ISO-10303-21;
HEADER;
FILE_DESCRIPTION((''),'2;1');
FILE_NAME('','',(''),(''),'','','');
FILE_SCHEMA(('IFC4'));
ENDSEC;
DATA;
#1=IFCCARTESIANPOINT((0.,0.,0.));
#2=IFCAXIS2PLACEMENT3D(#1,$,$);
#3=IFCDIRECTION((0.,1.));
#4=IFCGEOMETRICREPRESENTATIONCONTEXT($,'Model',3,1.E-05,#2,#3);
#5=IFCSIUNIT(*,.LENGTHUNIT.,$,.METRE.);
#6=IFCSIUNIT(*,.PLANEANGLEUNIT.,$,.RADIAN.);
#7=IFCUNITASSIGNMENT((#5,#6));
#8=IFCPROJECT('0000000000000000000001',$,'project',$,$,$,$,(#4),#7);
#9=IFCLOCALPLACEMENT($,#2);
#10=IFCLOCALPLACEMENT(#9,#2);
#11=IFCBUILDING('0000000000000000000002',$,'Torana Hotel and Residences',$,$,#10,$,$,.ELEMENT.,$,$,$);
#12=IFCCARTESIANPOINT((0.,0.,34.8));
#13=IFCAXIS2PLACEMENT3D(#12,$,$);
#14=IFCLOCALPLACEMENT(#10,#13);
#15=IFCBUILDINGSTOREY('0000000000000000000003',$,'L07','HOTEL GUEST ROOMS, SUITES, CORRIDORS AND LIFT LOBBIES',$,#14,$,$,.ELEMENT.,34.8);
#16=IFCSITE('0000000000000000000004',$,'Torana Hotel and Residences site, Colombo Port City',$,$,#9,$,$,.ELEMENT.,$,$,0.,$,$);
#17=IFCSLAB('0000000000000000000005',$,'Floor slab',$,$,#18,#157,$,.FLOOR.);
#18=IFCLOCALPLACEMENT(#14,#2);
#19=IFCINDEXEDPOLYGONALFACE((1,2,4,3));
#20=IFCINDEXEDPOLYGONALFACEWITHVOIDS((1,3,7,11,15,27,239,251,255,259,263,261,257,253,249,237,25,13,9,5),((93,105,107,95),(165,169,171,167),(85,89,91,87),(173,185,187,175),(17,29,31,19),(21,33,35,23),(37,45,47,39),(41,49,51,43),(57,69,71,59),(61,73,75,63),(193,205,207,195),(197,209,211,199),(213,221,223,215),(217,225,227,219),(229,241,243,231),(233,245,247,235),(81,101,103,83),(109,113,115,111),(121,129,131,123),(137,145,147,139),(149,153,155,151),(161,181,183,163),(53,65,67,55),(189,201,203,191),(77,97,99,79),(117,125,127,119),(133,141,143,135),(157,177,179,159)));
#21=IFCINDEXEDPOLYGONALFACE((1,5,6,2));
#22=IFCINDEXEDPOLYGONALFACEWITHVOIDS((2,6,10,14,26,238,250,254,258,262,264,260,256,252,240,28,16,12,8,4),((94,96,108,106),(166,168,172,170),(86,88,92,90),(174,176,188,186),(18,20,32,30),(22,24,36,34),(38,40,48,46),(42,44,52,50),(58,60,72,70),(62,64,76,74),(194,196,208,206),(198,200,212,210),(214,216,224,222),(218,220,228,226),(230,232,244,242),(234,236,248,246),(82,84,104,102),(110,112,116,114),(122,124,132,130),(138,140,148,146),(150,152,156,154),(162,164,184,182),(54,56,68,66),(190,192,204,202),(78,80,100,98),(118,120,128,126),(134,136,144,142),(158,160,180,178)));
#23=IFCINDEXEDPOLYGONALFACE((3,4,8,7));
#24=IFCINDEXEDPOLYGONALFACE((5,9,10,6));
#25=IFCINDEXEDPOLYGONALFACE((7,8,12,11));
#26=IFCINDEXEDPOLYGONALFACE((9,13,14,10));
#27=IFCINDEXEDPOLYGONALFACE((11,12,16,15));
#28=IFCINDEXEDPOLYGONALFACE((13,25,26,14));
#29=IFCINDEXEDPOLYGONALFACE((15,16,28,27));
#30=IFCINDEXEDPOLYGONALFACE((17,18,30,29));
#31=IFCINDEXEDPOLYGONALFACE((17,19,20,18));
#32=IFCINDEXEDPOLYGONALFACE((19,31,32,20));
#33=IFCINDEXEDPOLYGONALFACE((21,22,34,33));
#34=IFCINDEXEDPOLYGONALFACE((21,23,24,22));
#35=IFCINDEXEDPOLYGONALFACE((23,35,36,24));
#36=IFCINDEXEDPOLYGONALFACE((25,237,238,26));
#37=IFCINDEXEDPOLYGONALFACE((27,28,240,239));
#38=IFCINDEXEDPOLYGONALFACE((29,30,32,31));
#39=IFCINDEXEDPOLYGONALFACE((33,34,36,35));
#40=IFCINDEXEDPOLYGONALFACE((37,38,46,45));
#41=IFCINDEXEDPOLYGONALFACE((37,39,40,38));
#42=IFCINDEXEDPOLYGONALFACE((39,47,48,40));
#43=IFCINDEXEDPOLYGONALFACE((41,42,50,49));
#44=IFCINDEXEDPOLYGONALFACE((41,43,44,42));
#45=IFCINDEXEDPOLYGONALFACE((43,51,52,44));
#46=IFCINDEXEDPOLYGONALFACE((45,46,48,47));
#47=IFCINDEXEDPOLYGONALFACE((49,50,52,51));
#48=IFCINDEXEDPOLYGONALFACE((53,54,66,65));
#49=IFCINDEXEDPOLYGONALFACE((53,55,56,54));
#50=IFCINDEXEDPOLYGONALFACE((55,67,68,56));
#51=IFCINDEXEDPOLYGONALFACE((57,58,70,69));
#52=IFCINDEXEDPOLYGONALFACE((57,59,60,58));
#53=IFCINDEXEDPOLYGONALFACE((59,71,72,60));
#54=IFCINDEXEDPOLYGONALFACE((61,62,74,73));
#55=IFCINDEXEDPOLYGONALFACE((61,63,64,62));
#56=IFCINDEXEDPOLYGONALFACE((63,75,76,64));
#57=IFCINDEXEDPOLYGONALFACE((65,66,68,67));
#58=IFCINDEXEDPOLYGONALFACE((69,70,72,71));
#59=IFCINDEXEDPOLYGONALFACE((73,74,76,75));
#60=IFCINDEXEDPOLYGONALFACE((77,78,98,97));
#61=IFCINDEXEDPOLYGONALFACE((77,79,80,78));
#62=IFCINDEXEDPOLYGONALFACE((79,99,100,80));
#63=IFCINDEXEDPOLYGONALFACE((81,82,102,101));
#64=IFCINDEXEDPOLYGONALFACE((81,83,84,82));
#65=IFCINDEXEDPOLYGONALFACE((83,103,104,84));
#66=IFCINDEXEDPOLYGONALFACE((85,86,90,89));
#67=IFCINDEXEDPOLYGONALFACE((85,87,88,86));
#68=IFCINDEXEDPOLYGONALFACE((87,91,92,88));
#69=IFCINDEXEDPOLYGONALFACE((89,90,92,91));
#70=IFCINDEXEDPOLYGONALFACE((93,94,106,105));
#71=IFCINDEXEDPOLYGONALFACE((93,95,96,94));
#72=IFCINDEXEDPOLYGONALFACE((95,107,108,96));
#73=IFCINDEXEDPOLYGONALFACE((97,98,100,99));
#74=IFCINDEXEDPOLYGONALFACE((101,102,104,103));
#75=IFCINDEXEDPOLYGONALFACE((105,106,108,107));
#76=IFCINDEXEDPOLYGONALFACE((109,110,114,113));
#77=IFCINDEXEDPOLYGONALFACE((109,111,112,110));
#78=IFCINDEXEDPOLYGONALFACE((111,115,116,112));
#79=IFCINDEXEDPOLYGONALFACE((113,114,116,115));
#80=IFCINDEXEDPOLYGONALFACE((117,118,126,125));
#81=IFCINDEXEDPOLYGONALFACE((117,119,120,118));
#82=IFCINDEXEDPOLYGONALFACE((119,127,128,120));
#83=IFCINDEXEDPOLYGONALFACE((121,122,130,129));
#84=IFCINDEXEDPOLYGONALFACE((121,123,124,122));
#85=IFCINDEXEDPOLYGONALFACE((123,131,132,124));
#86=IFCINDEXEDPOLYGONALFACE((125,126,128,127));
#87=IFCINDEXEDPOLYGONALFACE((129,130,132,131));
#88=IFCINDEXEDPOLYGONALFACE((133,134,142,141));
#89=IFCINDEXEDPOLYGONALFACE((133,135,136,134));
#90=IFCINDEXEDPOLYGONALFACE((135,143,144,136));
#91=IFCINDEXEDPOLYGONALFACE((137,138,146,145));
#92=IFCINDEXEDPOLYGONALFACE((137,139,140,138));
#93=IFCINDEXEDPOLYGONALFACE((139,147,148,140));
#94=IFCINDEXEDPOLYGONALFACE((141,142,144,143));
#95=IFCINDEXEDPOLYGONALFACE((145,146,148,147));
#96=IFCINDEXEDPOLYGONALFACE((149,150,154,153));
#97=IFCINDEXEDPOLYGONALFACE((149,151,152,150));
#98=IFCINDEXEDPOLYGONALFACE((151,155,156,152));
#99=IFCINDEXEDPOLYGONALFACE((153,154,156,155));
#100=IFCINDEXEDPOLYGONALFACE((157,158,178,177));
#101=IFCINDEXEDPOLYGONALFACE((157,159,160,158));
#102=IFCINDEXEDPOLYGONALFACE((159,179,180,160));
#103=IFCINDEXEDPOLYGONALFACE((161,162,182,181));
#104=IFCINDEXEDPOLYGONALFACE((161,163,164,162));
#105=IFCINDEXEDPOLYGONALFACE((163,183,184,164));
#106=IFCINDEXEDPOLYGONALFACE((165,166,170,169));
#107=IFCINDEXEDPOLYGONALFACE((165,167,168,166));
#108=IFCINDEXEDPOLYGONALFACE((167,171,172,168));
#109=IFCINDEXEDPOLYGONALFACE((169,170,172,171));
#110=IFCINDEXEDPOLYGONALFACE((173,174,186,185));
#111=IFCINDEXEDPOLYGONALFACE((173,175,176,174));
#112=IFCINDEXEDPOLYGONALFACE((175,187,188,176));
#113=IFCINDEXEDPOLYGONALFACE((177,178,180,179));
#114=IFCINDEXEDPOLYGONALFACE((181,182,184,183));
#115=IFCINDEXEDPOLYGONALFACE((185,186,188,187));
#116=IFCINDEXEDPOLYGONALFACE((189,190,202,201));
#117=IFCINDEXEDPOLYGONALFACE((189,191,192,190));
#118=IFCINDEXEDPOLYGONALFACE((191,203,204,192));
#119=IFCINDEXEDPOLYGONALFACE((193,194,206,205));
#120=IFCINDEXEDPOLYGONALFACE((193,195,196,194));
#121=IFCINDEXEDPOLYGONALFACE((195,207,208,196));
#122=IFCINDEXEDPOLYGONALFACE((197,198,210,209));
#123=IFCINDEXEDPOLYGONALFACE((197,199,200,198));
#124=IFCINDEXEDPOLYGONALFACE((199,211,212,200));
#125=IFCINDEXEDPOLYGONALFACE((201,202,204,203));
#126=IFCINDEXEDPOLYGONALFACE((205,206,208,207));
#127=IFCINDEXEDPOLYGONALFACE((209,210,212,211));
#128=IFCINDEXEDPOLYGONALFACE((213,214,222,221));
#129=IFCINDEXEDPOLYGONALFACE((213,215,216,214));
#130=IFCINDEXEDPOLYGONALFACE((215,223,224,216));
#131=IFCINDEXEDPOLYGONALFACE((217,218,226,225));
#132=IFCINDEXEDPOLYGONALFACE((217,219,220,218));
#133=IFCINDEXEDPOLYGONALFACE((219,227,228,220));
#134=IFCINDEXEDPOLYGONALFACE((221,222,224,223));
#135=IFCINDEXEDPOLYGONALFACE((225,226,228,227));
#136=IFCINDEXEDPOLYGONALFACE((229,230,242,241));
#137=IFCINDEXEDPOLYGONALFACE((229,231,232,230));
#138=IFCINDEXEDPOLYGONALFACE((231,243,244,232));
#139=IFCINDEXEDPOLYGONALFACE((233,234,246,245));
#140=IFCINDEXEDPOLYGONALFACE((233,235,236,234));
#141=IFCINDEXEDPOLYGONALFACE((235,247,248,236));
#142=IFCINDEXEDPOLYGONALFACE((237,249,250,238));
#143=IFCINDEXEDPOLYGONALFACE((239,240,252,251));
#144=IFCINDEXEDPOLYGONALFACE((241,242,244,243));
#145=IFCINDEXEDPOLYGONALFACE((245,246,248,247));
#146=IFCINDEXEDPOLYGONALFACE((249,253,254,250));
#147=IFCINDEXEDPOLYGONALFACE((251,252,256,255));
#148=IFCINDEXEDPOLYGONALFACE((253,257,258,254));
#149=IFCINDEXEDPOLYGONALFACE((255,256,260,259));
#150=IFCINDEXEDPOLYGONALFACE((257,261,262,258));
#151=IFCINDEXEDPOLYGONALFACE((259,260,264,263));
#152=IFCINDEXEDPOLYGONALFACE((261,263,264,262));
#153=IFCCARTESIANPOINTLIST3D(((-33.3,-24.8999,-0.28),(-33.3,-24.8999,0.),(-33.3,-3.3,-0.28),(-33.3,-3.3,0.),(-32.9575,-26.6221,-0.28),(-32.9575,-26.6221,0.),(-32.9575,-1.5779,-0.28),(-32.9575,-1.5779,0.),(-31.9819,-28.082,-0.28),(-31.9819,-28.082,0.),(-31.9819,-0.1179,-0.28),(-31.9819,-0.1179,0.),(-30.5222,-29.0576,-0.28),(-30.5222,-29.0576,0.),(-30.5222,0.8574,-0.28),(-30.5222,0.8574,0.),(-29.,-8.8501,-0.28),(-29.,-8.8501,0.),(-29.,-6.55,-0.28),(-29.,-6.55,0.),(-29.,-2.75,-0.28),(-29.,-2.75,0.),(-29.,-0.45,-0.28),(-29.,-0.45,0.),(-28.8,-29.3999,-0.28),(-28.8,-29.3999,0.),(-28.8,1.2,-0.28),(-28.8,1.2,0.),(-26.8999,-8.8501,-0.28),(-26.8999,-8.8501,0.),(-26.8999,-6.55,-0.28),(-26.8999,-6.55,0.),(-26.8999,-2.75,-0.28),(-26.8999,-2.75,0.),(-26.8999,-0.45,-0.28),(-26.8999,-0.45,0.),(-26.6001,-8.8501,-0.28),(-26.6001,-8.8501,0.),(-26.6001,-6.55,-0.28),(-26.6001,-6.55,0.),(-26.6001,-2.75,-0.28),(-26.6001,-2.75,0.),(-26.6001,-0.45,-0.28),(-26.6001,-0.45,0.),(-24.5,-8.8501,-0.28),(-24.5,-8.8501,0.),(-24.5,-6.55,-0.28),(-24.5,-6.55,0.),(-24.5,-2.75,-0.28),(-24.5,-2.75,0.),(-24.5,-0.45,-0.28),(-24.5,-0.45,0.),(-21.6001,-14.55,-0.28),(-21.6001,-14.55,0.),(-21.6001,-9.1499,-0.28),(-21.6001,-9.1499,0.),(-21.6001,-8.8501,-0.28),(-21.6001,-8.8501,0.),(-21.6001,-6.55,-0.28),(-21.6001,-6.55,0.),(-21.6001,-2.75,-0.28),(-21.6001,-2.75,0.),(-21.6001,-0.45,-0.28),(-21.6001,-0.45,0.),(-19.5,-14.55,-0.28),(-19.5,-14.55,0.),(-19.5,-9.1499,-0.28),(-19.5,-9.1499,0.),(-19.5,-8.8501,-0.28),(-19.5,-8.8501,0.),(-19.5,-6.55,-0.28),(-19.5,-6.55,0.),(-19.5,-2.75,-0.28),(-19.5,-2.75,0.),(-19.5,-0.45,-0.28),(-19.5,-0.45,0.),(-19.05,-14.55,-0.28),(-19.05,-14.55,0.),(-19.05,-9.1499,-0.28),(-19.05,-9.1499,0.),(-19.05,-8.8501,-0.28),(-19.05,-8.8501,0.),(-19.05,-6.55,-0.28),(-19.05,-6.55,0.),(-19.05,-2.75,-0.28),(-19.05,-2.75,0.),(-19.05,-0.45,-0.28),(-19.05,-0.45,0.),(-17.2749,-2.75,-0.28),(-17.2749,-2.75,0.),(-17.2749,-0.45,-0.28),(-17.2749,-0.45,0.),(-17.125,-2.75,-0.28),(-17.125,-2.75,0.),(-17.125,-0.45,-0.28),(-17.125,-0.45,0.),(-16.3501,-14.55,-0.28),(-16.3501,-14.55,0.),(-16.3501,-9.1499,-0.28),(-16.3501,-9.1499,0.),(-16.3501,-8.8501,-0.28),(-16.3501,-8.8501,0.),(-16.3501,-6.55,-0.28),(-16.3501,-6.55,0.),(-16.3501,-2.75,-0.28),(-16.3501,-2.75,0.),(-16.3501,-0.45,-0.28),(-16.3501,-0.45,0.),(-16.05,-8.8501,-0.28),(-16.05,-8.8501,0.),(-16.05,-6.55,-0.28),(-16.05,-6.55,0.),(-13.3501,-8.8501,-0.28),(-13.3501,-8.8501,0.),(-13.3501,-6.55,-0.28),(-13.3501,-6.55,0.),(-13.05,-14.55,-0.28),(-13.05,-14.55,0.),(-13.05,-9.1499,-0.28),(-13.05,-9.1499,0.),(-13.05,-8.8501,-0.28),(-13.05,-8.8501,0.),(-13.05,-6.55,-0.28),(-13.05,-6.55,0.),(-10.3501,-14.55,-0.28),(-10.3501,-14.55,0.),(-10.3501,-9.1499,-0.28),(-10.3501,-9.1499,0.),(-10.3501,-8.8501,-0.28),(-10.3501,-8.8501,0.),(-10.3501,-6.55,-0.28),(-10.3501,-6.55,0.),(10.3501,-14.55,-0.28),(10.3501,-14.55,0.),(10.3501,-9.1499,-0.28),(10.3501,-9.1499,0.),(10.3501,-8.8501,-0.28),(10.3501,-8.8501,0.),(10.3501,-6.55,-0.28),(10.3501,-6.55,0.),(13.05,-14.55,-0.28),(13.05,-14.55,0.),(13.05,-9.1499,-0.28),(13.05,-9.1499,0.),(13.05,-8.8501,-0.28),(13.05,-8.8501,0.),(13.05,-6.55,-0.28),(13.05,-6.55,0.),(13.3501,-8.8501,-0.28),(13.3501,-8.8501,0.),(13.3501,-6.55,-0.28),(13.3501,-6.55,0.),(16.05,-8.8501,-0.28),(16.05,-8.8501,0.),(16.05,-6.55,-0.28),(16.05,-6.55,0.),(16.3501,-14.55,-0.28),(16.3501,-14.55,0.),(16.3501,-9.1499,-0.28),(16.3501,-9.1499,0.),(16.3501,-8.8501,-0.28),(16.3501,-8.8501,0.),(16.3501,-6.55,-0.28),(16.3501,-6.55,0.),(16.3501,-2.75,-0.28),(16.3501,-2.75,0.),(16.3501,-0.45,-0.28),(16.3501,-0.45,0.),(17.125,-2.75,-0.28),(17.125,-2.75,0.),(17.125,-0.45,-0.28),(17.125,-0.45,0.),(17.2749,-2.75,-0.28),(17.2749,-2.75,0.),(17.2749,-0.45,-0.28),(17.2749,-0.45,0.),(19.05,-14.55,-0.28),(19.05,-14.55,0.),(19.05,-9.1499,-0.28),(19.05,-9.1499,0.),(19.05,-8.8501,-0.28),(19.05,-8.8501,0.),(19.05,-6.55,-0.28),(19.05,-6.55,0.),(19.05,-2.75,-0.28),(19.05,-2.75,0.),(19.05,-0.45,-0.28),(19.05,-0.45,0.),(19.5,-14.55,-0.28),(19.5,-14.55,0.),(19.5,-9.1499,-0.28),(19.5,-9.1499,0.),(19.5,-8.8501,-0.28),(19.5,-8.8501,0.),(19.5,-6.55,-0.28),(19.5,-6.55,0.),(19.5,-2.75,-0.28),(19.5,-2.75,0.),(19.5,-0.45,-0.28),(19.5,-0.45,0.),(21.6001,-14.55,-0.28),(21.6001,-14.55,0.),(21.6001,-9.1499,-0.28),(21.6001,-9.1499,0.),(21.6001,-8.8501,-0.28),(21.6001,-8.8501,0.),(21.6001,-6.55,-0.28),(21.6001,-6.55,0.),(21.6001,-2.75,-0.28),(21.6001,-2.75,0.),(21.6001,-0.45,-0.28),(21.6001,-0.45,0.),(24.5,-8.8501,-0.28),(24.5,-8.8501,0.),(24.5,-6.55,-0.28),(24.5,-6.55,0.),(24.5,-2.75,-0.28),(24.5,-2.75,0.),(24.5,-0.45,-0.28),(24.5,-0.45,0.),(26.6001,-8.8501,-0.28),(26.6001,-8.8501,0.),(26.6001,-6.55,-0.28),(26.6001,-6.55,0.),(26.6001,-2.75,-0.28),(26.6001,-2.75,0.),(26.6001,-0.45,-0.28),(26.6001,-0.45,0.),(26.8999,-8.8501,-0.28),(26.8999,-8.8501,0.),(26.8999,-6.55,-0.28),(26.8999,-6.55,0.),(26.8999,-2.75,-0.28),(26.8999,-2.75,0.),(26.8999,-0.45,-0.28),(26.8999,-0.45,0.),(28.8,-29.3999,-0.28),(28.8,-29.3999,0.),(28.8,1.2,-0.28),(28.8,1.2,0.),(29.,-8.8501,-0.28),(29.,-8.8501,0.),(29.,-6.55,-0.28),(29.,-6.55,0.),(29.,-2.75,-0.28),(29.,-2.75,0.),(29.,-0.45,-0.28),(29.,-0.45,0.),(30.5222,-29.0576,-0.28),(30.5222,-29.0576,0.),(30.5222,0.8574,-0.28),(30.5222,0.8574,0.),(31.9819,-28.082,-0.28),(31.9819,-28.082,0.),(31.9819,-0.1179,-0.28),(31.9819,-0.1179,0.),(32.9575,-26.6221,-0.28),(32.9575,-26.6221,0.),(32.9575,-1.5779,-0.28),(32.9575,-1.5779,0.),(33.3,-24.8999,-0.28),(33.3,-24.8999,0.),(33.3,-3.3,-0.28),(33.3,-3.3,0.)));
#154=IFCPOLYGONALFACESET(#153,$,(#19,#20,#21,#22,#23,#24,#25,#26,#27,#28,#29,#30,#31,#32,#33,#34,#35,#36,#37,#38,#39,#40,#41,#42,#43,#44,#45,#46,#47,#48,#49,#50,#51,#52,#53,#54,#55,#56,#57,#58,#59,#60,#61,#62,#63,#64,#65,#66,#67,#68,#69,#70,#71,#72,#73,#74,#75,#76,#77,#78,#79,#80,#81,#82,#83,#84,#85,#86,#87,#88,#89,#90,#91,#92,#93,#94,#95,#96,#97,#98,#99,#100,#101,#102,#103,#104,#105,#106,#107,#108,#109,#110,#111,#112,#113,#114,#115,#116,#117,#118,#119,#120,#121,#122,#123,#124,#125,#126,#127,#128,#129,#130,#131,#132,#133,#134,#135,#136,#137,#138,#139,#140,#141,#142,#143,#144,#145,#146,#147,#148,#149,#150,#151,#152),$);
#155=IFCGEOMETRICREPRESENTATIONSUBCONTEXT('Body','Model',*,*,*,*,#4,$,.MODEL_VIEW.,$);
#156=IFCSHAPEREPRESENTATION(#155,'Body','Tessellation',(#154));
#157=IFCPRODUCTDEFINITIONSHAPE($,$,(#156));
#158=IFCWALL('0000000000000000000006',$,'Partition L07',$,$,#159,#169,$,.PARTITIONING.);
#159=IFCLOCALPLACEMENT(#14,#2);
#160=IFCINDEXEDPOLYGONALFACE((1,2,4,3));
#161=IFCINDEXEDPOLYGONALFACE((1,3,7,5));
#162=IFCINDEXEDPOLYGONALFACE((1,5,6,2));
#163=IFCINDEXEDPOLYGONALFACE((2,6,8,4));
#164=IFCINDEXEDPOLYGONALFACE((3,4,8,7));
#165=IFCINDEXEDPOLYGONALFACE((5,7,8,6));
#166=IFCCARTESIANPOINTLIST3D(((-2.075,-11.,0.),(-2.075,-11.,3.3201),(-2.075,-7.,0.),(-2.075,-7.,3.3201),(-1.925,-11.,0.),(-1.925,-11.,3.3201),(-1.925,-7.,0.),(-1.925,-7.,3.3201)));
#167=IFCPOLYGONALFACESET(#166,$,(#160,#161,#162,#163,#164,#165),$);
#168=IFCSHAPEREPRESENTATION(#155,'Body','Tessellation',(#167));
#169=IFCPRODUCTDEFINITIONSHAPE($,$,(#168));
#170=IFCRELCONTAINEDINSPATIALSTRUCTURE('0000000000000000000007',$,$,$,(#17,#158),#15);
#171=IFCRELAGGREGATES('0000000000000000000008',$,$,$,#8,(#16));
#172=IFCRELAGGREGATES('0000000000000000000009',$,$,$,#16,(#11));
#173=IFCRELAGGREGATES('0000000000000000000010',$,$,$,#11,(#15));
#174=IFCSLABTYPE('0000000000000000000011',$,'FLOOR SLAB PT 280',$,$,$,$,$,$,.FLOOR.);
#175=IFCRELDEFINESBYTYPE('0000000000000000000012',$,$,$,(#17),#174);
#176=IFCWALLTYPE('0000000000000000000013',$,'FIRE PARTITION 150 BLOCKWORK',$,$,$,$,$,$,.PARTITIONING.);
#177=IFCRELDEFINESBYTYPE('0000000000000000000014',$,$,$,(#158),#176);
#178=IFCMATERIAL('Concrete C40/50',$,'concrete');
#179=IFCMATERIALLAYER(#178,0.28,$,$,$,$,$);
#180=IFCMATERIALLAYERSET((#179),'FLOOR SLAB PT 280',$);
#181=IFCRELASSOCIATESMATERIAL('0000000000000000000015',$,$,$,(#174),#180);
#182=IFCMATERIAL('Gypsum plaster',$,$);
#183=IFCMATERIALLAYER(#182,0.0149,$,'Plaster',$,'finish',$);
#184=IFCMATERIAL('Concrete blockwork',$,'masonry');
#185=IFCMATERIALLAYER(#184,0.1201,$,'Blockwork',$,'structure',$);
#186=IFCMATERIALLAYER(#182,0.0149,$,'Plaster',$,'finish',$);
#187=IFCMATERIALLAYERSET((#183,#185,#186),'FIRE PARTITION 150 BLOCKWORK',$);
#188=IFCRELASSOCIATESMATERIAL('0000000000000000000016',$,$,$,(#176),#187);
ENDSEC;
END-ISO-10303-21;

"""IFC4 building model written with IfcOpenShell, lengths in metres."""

from ifc_helpers import new_model, si_unit, direction, frame, frame_2d, origin, place, context, subcontext, project, spatial, polyline, rectangle, outline, extrude, material, layer, layer_set, type_object, element, save


model = new_model("IFC4")

# Units and contexts
model_context = context("Model", 3, precision=1e-05, world=origin(), true_north=direction((0.0, 1.0)))
body_context = subcontext(model_context, "Body", "Model", "MODEL_VIEW")
ifc_project = project(units=[si_unit("LENGTHUNIT", "METRE"), si_unit("PLANEANGLEUNIT", "RADIAN")], contexts=[model_context])

# Site, building, storey
site_placement = place(None, origin())
site = spatial("IfcSite", under=ifc_project, at=site_placement, Name="Torana Hotel and Residences site, Colombo Port City", CompositionType="ELEMENT", RefElevation=0.0)
building_placement = place(site_placement, origin())
building = spatial("IfcBuilding", under=site, at=building_placement, Name="Torana Hotel and Residences", CompositionType="ELEMENT")
storey_placement = place(building_placement, frame((0.0, 0.0, 34.8)))
storey = spatial("IfcBuildingStorey", under=building, at=storey_placement, Name="L07", Description="HOTEL GUEST ROOMS, SUITES, CORRIDORS AND LIFT LOBBIES", CompositionType="ELEMENT", Elevation=34.8)

# Slab
ifc_material_1 = material(Name="Concrete C40/50", Category="concrete")
ifc_layer_1 = layer(ifc_material_1, 0.28)
ifc_layer_set_1 = layer_set([ifc_layer_1], Name="FLOOR SLAB PT 280")
slab_type_1 = type_object("IfcSlabType", Name="FLOOR SLAB PT 280", PredefinedType="FLOOR", material=ifc_layer_set_1)
slab_1_placement = place(storey_placement, frame((0.0, 0.0, -0.28)))
element("IfcSlab", 1, at=slab_1_placement, inside=storey, type_object=slab_type_1, Name="Floor slab", PredefinedType="FLOOR", context=body_context, shape_type="SweptSolid", body=[
    extrude(outline(polyline([(33.3, -3.3), (32.9575, -1.5779), (31.9819, -0.1179), (30.5222, 0.8574), (28.8, 1.2), (-28.8, 1.2), (-30.5222, 0.8574), (-31.9819, -0.1179), (-32.9575, -1.5779), (-33.3, -3.3), (-33.3, -24.8999), (-32.9575, -26.6221), (-31.9819, -28.082), (-30.5222, -29.0576), (-28.8, -29.3999), (28.8, -29.3999), (30.5222, -29.0576), (31.9819, -28.082), (32.9575, -26.6221), (33.3, -24.8999), (33.3, -3.3)]), holes=[polyline([(-13.05, -14.55), (-10.3501, -14.55), (-10.3501, -9.1499), (-13.05, -9.1499), (-13.05, -14.55)]), polyline([(-19.05, -14.55), (-16.3501, -14.55), (-16.3501, -9.1499), (-19.05, -9.1499), (-19.05, -14.55)]), polyline([(-17.125, -2.75), (-16.3501, -2.75), (-16.3501, -0.45), (-17.125, -0.45), (-17.125, -2.75)]), polyline([(-19.05, -2.75), (-17.2749, -2.75), (-17.2749, -0.45), (-19.05, -0.45), (-19.05, -2.75)]), polyline([(-26.6001, -2.75), (-24.5, -2.75), (-24.5, -0.45), (-26.6001, -0.45), (-26.6001, -2.75)]), polyline([(-29.0, -2.75), (-26.8999, -2.75), (-26.8999, -0.45), (-29.0, -0.45), (-29.0, -2.75)]), polyline([(-26.6001, -8.8501), (-24.5, -8.8501), (-24.5, -6.55), (-26.6001, -6.55), (-26.6001, -8.8501)]), polyline([(-29.0, -8.8501), (-26.8999, -8.8501), (-26.8999, -6.55), (-29.0, -6.55), (-29.0, -8.8501)]), polyline([(-21.6001, -2.75), (-19.5, -2.75), (-19.5, -0.45), (-21.6001, -0.45), (-21.6001, -2.75)]), polyline([(-21.6001, -8.8501), (-19.5, -8.8501), (-19.5, -6.55), (-21.6001, -6.55), (-21.6001, -8.8501)]), polyline([(-13.05, -8.8501), (-10.3501, -8.8501), (-10.3501, -6.55), (-13.05, -6.55), (-13.05, -8.8501)]), polyline([(-16.05, -8.8501), (-13.3501, -8.8501), (-13.3501, -6.55), (-16.05, -6.55), (-16.05, -8.8501)]), polyline([(-19.05, -8.8501), (-16.3501, -8.8501), (-16.3501, -6.55), (-19.05, -6.55), (-19.05, -8.8501)]), polyline([(-21.6001, -14.55), (-19.5, -14.55), (-19.5, -9.1499), (-21.6001, -9.1499), (-21.6001, -14.55)]), polyline([(10.3501, -14.55), (13.05, -14.55), (13.05, -9.1499), (10.3501, -9.1499), (10.3501, -14.55)]), polyline([(16.3501, -14.55), (19.05, -14.55), (19.05, -9.1499), (16.3501, -9.1499), (16.3501, -14.55)]), polyline([(16.3501, -2.75), (17.125, -2.75), (17.125, -0.45), (16.3501, -0.45), (16.3501, -2.75)]), polyline([(17.2749, -2.75), (19.05, -2.75), (19.05, -0.45), (17.2749, -0.45), (17.2749, -2.75)]), polyline([(24.5, -2.75), (26.6001, -2.75), (26.6001, -0.45), (24.5, -0.45), (24.5, -2.75)]), polyline([(26.8999, -2.75), (29.0, -2.75), (29.0, -0.45), (26.8999, -0.45), (26.8999, -2.75)]), polyline([(24.5, -8.8501), (26.6001, -8.8501), (26.6001, -6.55), (24.5, -6.55), (24.5, -8.8501)]), polyline([(26.8999, -8.8501), (29.0, -8.8501), (29.0, -6.55), (26.8999, -6.55), (26.8999, -8.8501)]), polyline([(19.5, -2.75), (21.6001, -2.75), (21.6001, -0.45), (19.5, -0.45), (19.5, -2.75)]), polyline([(19.5, -8.8501), (21.6001, -8.8501), (21.6001, -6.55), (19.5, -6.55), (19.5, -8.8501)]), polyline([(10.3501, -8.8501), (13.05, -8.8501), (13.05, -6.55), (10.3501, -6.55), (10.3501, -8.8501)]), polyline([(13.3501, -8.8501), (16.05, -8.8501), (16.05, -6.55), (13.3501, -6.55), (13.3501, -8.8501)]), polyline([(16.3501, -8.8501), (19.05, -8.8501), (19.05, -6.55), (16.3501, -6.55), (16.3501, -8.8501)]), polyline([(19.5, -14.55), (21.6001, -14.55), (21.6001, -9.1499), (19.5, -9.1499), (19.5, -14.55)])]), origin(), (0.0, 0.0, 1.0), 0.28),
])

# Wall
ifc_material_2 = material(Name="Gypsum plaster")
ifc_layer_2 = layer(ifc_material_2, 0.0149, Name="Plaster", Category="finish")
ifc_material_3 = material(Name="Concrete blockwork", Category="masonry")
ifc_layer_3 = layer(ifc_material_3, 0.1201, Name="Blockwork", Category="structure")
ifc_layer_4 = layer(ifc_material_2, 0.0149, Name="Plaster", Category="finish")
ifc_layer_set_2 = layer_set([ifc_layer_2, ifc_layer_3, ifc_layer_4], Name="FIRE PARTITION 150 BLOCKWORK")
wall_type_1 = type_object("IfcWallType", Name="FIRE PARTITION 150 BLOCKWORK", PredefinedType="PARTITIONING", material=ifc_layer_set_2)
wall_1_placement = place(storey_placement, frame((-2.0, -11.0, 0.0), z_axis=(0.0, 0.0, 1.0), x_axis=(0.0, 1.0, 0.0)))
element("IfcWall", 2, at=wall_1_placement, inside=storey, type_object=wall_type_1, Name="Partition L07", PredefinedType="PARTITIONING", context=body_context, shape_type="SweptSolid", body=[
    extrude(rectangle(XDim=4.0, YDim=0.1499, at=frame_2d((2.0, 0.0))), origin(), (0.0, 0.0, 1.0), 3.3201),
])

save(model, "model.ifc")
